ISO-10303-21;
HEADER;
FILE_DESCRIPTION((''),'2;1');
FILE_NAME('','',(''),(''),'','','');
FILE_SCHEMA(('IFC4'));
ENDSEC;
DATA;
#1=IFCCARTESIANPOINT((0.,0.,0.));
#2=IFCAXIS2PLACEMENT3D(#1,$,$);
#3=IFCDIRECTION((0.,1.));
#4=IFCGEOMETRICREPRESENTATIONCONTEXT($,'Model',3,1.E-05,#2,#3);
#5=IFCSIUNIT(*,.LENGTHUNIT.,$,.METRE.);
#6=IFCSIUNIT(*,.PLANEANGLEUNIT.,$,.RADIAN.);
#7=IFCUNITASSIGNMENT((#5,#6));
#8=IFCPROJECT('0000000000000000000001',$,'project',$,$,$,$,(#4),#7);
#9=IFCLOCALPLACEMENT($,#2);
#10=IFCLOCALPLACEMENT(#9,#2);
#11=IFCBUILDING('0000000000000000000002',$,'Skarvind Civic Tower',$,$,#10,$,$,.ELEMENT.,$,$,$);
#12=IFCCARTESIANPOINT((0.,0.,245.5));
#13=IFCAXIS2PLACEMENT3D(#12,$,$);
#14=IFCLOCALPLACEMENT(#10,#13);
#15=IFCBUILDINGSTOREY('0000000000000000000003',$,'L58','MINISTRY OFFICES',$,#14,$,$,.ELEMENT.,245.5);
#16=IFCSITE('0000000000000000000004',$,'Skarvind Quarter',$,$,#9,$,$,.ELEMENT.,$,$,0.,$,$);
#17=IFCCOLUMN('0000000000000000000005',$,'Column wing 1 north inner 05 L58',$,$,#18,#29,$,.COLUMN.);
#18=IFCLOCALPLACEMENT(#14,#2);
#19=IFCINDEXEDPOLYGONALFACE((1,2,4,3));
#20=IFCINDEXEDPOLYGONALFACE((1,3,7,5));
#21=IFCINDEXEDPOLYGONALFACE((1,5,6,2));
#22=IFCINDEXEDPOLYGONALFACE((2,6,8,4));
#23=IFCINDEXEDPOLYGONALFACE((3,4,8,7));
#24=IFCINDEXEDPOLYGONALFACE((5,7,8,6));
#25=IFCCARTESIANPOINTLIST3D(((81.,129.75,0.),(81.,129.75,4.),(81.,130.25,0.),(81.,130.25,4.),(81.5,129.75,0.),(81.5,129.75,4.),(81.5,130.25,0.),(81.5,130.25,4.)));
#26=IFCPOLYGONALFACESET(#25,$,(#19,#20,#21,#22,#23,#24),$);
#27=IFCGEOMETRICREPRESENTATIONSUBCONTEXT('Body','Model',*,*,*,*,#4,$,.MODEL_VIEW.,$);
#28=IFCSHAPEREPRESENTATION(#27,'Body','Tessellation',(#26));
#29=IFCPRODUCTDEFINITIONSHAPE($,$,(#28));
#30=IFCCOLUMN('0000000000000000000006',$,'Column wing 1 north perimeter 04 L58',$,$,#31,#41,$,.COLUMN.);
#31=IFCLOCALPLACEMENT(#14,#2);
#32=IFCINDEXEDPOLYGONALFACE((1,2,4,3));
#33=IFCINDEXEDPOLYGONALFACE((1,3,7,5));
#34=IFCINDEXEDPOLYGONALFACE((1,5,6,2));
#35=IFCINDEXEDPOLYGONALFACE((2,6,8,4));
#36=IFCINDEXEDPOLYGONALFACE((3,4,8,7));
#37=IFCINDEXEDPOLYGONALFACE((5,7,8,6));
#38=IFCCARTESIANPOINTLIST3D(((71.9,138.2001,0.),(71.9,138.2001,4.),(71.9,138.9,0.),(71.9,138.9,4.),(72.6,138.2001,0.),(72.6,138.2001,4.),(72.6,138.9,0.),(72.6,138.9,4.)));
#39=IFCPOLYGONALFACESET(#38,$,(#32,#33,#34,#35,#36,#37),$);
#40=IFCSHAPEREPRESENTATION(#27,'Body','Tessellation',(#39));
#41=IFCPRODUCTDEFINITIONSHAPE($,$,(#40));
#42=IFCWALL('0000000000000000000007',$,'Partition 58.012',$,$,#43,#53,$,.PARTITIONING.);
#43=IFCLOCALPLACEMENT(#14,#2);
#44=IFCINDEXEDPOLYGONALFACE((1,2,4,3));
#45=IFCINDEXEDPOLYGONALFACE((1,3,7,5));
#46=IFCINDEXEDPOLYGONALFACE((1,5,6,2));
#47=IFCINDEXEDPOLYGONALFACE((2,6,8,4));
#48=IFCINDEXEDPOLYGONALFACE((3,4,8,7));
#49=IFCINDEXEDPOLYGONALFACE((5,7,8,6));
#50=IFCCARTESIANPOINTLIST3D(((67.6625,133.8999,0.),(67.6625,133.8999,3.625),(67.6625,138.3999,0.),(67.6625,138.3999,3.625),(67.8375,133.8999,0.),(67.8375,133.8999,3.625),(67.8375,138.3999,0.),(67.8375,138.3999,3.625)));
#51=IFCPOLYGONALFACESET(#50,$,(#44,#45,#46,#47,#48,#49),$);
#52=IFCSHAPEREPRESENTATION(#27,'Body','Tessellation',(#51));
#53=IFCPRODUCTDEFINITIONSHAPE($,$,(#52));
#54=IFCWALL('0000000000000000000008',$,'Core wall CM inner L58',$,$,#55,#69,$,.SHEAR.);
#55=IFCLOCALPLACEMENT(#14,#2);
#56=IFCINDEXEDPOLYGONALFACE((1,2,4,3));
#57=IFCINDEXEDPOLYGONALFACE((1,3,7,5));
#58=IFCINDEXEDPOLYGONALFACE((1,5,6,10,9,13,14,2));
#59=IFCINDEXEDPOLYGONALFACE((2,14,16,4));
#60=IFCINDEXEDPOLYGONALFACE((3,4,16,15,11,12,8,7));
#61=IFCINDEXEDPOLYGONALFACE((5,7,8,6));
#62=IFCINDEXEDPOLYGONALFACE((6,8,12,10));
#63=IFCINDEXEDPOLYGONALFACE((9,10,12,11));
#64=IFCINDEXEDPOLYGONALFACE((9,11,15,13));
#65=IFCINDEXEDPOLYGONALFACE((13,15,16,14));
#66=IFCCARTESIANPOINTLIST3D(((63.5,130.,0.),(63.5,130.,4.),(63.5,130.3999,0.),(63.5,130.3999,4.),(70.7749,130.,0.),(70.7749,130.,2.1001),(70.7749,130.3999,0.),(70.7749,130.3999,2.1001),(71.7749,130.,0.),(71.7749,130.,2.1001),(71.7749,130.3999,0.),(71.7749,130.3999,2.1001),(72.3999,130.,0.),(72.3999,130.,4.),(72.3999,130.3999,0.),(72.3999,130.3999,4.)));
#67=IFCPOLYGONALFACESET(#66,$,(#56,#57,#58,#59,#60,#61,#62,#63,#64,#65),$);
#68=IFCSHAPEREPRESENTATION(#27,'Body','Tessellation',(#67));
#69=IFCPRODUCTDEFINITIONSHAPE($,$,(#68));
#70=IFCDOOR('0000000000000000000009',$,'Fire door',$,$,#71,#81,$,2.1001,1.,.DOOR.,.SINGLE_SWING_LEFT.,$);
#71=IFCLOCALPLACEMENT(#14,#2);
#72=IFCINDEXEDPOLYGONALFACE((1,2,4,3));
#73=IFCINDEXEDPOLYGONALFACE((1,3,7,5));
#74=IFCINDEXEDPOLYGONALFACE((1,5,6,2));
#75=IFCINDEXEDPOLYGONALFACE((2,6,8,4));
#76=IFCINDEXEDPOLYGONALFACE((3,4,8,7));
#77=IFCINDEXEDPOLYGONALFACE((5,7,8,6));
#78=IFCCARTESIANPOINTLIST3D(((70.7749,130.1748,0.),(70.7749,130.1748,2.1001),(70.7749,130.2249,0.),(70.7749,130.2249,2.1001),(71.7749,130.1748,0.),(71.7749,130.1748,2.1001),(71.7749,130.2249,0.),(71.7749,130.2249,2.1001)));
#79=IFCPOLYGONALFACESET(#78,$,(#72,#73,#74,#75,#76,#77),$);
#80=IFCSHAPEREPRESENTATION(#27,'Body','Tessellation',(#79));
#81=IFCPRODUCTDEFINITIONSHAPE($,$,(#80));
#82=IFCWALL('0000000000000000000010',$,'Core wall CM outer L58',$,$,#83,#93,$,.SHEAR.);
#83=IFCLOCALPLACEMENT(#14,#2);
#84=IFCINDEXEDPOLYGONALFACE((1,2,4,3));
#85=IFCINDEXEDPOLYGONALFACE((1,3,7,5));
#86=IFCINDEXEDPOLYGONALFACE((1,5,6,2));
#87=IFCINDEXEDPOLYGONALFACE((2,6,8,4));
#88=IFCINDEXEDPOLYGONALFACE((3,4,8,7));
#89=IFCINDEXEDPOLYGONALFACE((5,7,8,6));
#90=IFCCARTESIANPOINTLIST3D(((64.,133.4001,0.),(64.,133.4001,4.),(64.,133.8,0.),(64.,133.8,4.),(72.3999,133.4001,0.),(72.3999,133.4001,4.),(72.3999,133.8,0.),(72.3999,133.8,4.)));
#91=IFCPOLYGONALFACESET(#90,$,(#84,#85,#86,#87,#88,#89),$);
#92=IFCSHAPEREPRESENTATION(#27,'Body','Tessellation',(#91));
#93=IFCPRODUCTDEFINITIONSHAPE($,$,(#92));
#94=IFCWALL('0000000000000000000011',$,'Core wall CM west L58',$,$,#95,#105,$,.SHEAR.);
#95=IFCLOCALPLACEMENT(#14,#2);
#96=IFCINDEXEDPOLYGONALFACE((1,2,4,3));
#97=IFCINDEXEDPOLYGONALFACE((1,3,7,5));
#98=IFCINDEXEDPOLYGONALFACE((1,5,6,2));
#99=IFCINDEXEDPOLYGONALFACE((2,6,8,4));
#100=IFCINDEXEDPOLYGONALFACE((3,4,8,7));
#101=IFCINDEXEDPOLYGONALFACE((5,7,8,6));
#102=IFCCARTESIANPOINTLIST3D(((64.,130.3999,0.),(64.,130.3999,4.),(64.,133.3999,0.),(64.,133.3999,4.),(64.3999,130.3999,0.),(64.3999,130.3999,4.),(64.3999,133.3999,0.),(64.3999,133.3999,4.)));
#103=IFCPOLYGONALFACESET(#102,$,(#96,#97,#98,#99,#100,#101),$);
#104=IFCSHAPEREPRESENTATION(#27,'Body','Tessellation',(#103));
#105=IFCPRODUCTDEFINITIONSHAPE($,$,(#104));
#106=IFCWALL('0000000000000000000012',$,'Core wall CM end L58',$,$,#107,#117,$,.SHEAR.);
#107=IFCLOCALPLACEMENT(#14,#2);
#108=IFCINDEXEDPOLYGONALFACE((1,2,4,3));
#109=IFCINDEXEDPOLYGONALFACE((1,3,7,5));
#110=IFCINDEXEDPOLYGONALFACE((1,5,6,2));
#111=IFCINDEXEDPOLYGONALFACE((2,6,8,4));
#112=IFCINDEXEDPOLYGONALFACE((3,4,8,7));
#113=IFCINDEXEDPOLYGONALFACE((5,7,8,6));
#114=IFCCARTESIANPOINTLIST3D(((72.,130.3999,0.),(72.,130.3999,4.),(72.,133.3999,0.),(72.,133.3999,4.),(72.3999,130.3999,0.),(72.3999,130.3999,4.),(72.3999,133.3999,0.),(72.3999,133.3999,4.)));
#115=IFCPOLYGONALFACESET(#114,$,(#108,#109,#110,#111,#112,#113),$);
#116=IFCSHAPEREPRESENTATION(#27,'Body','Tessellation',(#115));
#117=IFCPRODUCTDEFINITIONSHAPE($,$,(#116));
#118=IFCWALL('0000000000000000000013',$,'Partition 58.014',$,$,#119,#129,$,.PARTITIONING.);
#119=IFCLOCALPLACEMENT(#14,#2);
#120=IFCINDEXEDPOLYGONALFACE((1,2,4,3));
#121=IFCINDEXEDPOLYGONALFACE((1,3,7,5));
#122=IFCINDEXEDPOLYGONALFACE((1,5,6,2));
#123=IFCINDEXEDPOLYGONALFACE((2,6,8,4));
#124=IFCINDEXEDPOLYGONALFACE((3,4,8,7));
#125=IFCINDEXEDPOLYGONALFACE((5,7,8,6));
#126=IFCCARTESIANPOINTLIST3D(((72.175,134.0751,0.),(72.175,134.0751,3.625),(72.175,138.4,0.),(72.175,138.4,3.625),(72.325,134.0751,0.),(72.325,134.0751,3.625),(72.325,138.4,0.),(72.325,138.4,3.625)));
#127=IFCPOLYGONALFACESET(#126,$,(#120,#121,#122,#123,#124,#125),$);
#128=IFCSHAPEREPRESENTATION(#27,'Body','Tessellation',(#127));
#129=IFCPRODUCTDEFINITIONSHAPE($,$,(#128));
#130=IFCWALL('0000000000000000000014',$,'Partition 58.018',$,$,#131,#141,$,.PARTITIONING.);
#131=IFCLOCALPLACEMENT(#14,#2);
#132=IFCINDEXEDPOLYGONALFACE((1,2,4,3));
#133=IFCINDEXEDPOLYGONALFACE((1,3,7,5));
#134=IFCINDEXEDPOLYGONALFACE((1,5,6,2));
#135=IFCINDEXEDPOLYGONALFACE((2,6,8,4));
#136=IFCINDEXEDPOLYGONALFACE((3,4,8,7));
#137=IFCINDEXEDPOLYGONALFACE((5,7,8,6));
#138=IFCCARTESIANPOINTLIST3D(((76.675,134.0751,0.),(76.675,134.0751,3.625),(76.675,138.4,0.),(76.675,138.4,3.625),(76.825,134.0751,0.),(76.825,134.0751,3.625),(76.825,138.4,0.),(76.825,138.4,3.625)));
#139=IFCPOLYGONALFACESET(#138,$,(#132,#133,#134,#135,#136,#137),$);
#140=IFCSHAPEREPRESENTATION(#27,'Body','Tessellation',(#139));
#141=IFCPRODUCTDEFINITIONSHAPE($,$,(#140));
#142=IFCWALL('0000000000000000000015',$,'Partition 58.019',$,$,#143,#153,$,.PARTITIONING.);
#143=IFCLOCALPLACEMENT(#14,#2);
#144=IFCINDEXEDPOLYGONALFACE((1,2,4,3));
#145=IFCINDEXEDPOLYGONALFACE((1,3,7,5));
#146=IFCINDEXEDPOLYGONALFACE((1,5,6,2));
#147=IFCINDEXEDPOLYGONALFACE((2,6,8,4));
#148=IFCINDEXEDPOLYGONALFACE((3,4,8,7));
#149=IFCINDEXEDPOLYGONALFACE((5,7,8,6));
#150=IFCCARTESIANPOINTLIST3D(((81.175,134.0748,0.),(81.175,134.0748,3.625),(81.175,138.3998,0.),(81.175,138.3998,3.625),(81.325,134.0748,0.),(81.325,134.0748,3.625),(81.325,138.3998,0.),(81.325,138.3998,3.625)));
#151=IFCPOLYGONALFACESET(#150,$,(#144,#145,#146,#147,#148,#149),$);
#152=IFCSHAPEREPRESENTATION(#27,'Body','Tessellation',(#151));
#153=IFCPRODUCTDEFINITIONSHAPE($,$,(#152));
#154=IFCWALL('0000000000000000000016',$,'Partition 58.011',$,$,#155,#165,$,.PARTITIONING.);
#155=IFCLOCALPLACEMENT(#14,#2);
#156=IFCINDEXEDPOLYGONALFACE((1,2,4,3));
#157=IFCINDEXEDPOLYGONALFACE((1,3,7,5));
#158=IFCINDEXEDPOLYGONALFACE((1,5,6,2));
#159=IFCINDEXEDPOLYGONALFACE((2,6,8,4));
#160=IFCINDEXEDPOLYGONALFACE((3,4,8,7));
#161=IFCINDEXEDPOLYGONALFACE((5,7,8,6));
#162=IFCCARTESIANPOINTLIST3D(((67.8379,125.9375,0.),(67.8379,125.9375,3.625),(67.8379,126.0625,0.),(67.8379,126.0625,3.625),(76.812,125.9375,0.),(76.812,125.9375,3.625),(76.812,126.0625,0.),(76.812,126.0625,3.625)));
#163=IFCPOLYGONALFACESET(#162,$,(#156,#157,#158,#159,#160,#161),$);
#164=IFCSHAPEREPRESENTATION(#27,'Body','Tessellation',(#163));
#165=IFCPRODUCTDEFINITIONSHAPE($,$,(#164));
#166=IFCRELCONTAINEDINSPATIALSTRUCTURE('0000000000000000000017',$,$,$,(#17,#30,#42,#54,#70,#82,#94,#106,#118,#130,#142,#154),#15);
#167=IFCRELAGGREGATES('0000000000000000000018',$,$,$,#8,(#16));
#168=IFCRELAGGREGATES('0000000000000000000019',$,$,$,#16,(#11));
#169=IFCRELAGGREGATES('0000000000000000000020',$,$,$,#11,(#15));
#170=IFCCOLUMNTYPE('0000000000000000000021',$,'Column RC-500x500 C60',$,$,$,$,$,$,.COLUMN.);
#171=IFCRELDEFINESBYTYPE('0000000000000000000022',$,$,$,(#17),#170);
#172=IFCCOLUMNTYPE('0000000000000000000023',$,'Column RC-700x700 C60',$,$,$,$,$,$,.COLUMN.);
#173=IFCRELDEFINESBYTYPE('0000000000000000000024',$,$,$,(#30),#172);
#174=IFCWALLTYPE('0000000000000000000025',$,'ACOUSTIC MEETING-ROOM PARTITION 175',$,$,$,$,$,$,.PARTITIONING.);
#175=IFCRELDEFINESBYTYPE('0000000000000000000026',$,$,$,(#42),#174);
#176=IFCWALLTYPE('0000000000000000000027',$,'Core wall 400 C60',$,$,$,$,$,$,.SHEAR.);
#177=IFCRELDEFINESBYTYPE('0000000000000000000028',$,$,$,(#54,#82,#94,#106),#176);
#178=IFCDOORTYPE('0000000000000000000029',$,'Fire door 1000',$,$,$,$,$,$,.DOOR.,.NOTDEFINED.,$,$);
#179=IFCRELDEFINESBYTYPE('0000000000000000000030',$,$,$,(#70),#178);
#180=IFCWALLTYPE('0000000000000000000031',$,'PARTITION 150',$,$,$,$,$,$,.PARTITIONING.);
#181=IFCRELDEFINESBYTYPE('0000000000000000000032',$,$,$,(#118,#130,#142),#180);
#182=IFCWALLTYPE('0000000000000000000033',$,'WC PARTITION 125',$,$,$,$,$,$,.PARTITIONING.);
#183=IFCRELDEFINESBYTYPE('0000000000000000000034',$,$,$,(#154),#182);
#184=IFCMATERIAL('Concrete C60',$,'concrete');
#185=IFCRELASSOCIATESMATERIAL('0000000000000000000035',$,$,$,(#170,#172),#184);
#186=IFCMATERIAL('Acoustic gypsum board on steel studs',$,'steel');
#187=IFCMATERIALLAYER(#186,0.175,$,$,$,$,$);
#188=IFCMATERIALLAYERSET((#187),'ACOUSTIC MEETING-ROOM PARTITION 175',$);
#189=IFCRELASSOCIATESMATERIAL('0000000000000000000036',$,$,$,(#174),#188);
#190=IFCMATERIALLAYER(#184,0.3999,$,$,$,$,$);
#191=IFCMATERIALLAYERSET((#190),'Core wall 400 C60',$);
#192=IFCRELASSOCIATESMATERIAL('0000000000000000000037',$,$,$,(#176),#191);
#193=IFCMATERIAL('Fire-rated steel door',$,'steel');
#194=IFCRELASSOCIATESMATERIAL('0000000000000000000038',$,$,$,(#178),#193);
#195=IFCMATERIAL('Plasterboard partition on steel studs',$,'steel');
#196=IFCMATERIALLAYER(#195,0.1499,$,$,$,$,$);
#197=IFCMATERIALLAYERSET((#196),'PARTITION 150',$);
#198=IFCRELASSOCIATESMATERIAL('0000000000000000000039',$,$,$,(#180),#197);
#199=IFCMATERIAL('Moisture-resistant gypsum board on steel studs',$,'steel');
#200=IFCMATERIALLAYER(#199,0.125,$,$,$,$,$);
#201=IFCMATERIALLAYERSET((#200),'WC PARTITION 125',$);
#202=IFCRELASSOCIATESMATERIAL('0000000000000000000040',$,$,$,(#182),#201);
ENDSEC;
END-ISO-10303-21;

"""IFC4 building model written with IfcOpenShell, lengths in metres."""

from ifc_helpers import new_model, si_unit, direction, frame, frame_2d, origin, origin_2d, place, context, subcontext, project, spatial, rectangle, extrude, material, layer, layer_set, material_profile, profile_set, type_object, element, fill, save


model = new_model("IFC4")

# Units and contexts
model_context = context("Model", 3, precision=1e-05, world=origin(), true_north=direction((0.0, 1.0)))
body_context = subcontext(model_context, "Body", "Model", "MODEL_VIEW")
ifc_project = project(units=[si_unit("LENGTHUNIT", "METRE"), si_unit("PLANEANGLEUNIT", "RADIAN")], contexts=[model_context])

# Site, building, storey
site_placement = place(None, origin())
site = spatial("IfcSite", under=ifc_project, at=site_placement, Name="Skarvind Quarter", CompositionType="ELEMENT", RefElevation=0.0)
building_placement = place(site_placement, origin())
building = spatial("IfcBuilding", under=site, at=building_placement, Name="Skarvind Civic Tower", CompositionType="ELEMENT")
storey_placement = place(building_placement, frame((0.0, 0.0, 245.5)))
storey = spatial("IfcBuildingStorey", under=building, at=storey_placement, Name="L58", Description="MINISTRY OFFICES", CompositionType="ELEMENT", Elevation=245.5)

# Columns
ifc_material_1 = material(Name="Concrete C60", Category="concrete")
ifc_material_profile_1 = material_profile(ifc_material_1, rectangle(XDim=0.5, YDim=0.5, at=origin_2d()), Name="RC-500x500")
ifc_profile_set_1 = profile_set([ifc_material_profile_1], Name="Concrete C60")
column_type_1 = type_object("IfcColumnType", Name="Column RC-500x500 C60", PredefinedType="COLUMN", material=ifc_profile_set_1)
column_1_placement = place(storey_placement, frame((81.25, 130.0, 0.0), z_axis=(0.0, 0.0, 1.0), x_axis=(1.0, 0.0, 0.0)))
element("IfcColumn", 1, at=column_1_placement, inside=storey, type_object=column_type_1, Name="Column wing 1 north inner 05 L58", PredefinedType="COLUMN", context=body_context, shape_type="SweptSolid", body=[
    extrude(rectangle(XDim=0.5, YDim=0.5, at=origin_2d()), origin(), (0.0, 0.0, 1.0), 4.0),
])
ifc_material_profile_2 = material_profile(ifc_material_1, rectangle(XDim=0.7, YDim=0.7, at=origin_2d()), Name="RC-700x700")
ifc_profile_set_2 = profile_set([ifc_material_profile_2], Name="Concrete C60")
column_type_2 = type_object("IfcColumnType", Name="Column RC-700x700 C60", PredefinedType="COLUMN", material=ifc_profile_set_2)
column_2_placement = place(storey_placement, frame((72.25, 138.55, 0.0), z_axis=(0.0, 0.0, 1.0), x_axis=(1.0, 0.0, 0.0)))
element("IfcColumn", 2, at=column_2_placement, inside=storey, type_object=column_type_2, Name="Column wing 1 north perimeter 04 L58", PredefinedType="COLUMN", context=body_context, shape_type="SweptSolid", body=[
    extrude(rectangle(XDim=0.7, YDim=0.7, at=origin_2d()), origin(), (0.0, 0.0, 1.0), 4.0),
])

# Wall
ifc_material_2 = material(Name="Acoustic gypsum board on steel studs", Category="steel")
ifc_layer_1 = layer(ifc_material_2, 0.175)
ifc_layer_set_1 = layer_set([ifc_layer_1], Name="ACOUSTIC MEETING-ROOM PARTITION 175")
wall_type_1 = type_object("IfcWallType", Name="ACOUSTIC MEETING-ROOM PARTITION 175", PredefinedType="PARTITIONING", material=ifc_layer_set_1)
wall_1_placement = place(storey_placement, frame((67.75, 133.8999, 0.0), z_axis=(0.0, 0.0, 1.0), x_axis=(0.0, 1.0, 0.0)))
element("IfcWall", 3, at=wall_1_placement, inside=storey, type_object=wall_type_1, Name="Partition 58.012", PredefinedType="PARTITIONING", context=body_context, shape_type="SweptSolid", body=[
    extrude(rectangle(XDim=4.5, YDim=0.175, at=frame_2d((2.25, 0.0))), origin(), (0.0, 0.0, 1.0), 3.625),
])

# Wall, opening, door
ifc_layer_2 = layer(ifc_material_1, 0.3999)
ifc_layer_set_2 = layer_set([ifc_layer_2], Name="Core wall 400 C60")
wall_type_2 = type_object("IfcWallType", Name="Core wall 400 C60", PredefinedType="SHEAR", material=ifc_layer_set_2)
wall_2_placement = place(storey_placement, frame((63.5, 130.2, 0.0), z_axis=(0.0, 0.0, 1.0), x_axis=(1.0, 0.0, 0.0)))
wall_2 = element("IfcWall", 4, at=wall_2_placement, inside=storey, type_object=wall_type_2, Name="Core wall CM inner L58", PredefinedType="SHEAR", context=body_context, shape_type="SweptSolid", body=[
    extrude(rectangle(XDim=8.8999, YDim=0.3999, at=frame_2d((4.45, 0.0))), origin(), (0.0, 0.0, 1.0), 4.0),
])
opening_placement = place(wall_2_placement, frame((7.2749, 0.0, 0.0)))
opening = element("IfcOpeningElement", 5, at=opening_placement, cuts=wall_2, PredefinedType="OPENING", context=body_context, shape_type="SweptSolid", body=[
    extrude(rectangle(XDim=1.0, YDim=2.1001, at=frame_2d((0.5, 1.05))), frame((0.0, 0.21, 0.0), z_axis=(0.0, -1.0, 0.0), x_axis=(1.0, 0.0, 0.0)), (0.0, 0.0, 1.0), 0.4199),
])
ifc_material_3 = material(Name="Fire-rated steel door", Category="steel")
door_type = type_object("IfcDoorType", Name="Fire door 1000", OperationType="NOTDEFINED", PredefinedType="DOOR", material=ifc_material_3)
door_placement = place(opening_placement, origin())
door = element("IfcDoor", 6, at=door_placement, inside=storey, type_object=door_type, Name="Fire door", OperationType="SINGLE_SWING_LEFT", OverallHeight=2.1001, OverallWidth=1.0, PredefinedType="DOOR", context=body_context, shape_type="SweptSolid", body=[
    extrude(rectangle(XDim=1.0, YDim=2.1001, at=frame_2d((0.5, 1.05))), frame((0.0, 0.0249, 0.0), z_axis=(0.0, -1.0, 0.0), x_axis=(1.0, 0.0, 0.0)), (0.0, 0.0, 1.0), 0.05),
])
fill(opening, door)

# Walls
wall_3_placement = place(storey_placement, frame((64.0, 133.6001, 0.0), z_axis=(0.0, 0.0, 1.0), x_axis=(1.0, 0.0, 0.0)))
element("IfcWall", 7, at=wall_3_placement, inside=storey, type_object=wall_type_2, Name="Core wall CM outer L58", PredefinedType="SHEAR", context=body_context, shape_type="SweptSolid", body=[
    extrude(rectangle(XDim=8.3999, YDim=0.3999, at=frame_2d((4.2, 0.0))), origin(), (0.0, 0.0, 1.0), 4.0),
])
for number, where, z_axis, x_axis, name in (
    (8, (64.2, 130.3999, 0.0), (0.0, 0.0, 1.0), (0.0, 1.0, 0.0), "Core wall CM west L58"),
    (9, (72.2, 130.3999, 0.0), (0.0, 0.0, 1.0), (0.0, 1.0, 0.0), "Core wall CM end L58"),
):
    element("IfcWall", number, at=place(storey_placement, frame(where, z_axis=z_axis, x_axis=x_axis)), inside=storey, type_object=wall_type_2, Name=name, PredefinedType="SHEAR", context=body_context, shape_type="SweptSolid", body=[
        extrude(rectangle(XDim=3.0, YDim=0.3999, at=frame_2d((1.5, 0.0))), origin(), (0.0, 0.0, 1.0), 4.0),
    ])
ifc_material_4 = material(Name="Plasterboard partition on steel studs", Category="steel")
ifc_layer_3 = layer(ifc_material_4, 0.1499)
ifc_layer_set_3 = layer_set([ifc_layer_3], Name="PARTITION 150")
wall_type_3 = type_object("IfcWallType", Name="PARTITION 150", PredefinedType="PARTITIONING", material=ifc_layer_set_3)
for number, where, z_axis, x_axis, name in (
    (10, (72.25, 134.075, 0.0), (0.0, 0.0, 1.0), (0.0, 1.0, 0.0), "Partition 58.014"),
    (11, (76.75, 134.075, 0.0), (0.0, 0.0, 1.0), (0.0, 1.0, 0.0), "Partition 58.018"),
    (12, (81.25, 138.3999, 0.0), (0.0, 0.0, 1.0), (0.0, -1.0, 0.0), "Partition 58.019"),
):
    element("IfcWall", number, at=place(storey_placement, frame(where, z_axis=z_axis, x_axis=x_axis)), inside=storey, type_object=wall_type_3, Name=name, PredefinedType="PARTITIONING", context=body_context, shape_type="SweptSolid", body=[
        extrude(rectangle(XDim=4.325, YDim=0.1499, at=frame_2d((2.1626, 0.0))), origin(), (0.0, 0.0, 1.0), 3.625),
    ])
ifc_material_5 = material(Name="Moisture-resistant gypsum board on steel studs", Category="steel")
ifc_layer_4 = layer(ifc_material_5, 0.125)
ifc_layer_set_4 = layer_set([ifc_layer_4], Name="WC PARTITION 125")
wall_type_4 = type_object("IfcWallType", Name="WC PARTITION 125", PredefinedType="PARTITIONING", material=ifc_layer_set_4)
wall_4_placement = place(storey_placement, frame((67.8379, 126.0, 0.0), z_axis=(0.0, 0.0, 1.0), x_axis=(1.0, 0.0, 0.0)))
element("IfcWall", 13, at=wall_4_placement, inside=storey, type_object=wall_type_4, Name="Partition 58.011", PredefinedType="PARTITIONING", context=body_context, shape_type="SweptSolid", body=[
    extrude(rectangle(XDim=8.9741, YDim=0.125, at=frame_2d((4.4871, 0.0))), origin(), (0.0, 0.0, 1.0), 3.625),
])

save(model, "model.ifc")
